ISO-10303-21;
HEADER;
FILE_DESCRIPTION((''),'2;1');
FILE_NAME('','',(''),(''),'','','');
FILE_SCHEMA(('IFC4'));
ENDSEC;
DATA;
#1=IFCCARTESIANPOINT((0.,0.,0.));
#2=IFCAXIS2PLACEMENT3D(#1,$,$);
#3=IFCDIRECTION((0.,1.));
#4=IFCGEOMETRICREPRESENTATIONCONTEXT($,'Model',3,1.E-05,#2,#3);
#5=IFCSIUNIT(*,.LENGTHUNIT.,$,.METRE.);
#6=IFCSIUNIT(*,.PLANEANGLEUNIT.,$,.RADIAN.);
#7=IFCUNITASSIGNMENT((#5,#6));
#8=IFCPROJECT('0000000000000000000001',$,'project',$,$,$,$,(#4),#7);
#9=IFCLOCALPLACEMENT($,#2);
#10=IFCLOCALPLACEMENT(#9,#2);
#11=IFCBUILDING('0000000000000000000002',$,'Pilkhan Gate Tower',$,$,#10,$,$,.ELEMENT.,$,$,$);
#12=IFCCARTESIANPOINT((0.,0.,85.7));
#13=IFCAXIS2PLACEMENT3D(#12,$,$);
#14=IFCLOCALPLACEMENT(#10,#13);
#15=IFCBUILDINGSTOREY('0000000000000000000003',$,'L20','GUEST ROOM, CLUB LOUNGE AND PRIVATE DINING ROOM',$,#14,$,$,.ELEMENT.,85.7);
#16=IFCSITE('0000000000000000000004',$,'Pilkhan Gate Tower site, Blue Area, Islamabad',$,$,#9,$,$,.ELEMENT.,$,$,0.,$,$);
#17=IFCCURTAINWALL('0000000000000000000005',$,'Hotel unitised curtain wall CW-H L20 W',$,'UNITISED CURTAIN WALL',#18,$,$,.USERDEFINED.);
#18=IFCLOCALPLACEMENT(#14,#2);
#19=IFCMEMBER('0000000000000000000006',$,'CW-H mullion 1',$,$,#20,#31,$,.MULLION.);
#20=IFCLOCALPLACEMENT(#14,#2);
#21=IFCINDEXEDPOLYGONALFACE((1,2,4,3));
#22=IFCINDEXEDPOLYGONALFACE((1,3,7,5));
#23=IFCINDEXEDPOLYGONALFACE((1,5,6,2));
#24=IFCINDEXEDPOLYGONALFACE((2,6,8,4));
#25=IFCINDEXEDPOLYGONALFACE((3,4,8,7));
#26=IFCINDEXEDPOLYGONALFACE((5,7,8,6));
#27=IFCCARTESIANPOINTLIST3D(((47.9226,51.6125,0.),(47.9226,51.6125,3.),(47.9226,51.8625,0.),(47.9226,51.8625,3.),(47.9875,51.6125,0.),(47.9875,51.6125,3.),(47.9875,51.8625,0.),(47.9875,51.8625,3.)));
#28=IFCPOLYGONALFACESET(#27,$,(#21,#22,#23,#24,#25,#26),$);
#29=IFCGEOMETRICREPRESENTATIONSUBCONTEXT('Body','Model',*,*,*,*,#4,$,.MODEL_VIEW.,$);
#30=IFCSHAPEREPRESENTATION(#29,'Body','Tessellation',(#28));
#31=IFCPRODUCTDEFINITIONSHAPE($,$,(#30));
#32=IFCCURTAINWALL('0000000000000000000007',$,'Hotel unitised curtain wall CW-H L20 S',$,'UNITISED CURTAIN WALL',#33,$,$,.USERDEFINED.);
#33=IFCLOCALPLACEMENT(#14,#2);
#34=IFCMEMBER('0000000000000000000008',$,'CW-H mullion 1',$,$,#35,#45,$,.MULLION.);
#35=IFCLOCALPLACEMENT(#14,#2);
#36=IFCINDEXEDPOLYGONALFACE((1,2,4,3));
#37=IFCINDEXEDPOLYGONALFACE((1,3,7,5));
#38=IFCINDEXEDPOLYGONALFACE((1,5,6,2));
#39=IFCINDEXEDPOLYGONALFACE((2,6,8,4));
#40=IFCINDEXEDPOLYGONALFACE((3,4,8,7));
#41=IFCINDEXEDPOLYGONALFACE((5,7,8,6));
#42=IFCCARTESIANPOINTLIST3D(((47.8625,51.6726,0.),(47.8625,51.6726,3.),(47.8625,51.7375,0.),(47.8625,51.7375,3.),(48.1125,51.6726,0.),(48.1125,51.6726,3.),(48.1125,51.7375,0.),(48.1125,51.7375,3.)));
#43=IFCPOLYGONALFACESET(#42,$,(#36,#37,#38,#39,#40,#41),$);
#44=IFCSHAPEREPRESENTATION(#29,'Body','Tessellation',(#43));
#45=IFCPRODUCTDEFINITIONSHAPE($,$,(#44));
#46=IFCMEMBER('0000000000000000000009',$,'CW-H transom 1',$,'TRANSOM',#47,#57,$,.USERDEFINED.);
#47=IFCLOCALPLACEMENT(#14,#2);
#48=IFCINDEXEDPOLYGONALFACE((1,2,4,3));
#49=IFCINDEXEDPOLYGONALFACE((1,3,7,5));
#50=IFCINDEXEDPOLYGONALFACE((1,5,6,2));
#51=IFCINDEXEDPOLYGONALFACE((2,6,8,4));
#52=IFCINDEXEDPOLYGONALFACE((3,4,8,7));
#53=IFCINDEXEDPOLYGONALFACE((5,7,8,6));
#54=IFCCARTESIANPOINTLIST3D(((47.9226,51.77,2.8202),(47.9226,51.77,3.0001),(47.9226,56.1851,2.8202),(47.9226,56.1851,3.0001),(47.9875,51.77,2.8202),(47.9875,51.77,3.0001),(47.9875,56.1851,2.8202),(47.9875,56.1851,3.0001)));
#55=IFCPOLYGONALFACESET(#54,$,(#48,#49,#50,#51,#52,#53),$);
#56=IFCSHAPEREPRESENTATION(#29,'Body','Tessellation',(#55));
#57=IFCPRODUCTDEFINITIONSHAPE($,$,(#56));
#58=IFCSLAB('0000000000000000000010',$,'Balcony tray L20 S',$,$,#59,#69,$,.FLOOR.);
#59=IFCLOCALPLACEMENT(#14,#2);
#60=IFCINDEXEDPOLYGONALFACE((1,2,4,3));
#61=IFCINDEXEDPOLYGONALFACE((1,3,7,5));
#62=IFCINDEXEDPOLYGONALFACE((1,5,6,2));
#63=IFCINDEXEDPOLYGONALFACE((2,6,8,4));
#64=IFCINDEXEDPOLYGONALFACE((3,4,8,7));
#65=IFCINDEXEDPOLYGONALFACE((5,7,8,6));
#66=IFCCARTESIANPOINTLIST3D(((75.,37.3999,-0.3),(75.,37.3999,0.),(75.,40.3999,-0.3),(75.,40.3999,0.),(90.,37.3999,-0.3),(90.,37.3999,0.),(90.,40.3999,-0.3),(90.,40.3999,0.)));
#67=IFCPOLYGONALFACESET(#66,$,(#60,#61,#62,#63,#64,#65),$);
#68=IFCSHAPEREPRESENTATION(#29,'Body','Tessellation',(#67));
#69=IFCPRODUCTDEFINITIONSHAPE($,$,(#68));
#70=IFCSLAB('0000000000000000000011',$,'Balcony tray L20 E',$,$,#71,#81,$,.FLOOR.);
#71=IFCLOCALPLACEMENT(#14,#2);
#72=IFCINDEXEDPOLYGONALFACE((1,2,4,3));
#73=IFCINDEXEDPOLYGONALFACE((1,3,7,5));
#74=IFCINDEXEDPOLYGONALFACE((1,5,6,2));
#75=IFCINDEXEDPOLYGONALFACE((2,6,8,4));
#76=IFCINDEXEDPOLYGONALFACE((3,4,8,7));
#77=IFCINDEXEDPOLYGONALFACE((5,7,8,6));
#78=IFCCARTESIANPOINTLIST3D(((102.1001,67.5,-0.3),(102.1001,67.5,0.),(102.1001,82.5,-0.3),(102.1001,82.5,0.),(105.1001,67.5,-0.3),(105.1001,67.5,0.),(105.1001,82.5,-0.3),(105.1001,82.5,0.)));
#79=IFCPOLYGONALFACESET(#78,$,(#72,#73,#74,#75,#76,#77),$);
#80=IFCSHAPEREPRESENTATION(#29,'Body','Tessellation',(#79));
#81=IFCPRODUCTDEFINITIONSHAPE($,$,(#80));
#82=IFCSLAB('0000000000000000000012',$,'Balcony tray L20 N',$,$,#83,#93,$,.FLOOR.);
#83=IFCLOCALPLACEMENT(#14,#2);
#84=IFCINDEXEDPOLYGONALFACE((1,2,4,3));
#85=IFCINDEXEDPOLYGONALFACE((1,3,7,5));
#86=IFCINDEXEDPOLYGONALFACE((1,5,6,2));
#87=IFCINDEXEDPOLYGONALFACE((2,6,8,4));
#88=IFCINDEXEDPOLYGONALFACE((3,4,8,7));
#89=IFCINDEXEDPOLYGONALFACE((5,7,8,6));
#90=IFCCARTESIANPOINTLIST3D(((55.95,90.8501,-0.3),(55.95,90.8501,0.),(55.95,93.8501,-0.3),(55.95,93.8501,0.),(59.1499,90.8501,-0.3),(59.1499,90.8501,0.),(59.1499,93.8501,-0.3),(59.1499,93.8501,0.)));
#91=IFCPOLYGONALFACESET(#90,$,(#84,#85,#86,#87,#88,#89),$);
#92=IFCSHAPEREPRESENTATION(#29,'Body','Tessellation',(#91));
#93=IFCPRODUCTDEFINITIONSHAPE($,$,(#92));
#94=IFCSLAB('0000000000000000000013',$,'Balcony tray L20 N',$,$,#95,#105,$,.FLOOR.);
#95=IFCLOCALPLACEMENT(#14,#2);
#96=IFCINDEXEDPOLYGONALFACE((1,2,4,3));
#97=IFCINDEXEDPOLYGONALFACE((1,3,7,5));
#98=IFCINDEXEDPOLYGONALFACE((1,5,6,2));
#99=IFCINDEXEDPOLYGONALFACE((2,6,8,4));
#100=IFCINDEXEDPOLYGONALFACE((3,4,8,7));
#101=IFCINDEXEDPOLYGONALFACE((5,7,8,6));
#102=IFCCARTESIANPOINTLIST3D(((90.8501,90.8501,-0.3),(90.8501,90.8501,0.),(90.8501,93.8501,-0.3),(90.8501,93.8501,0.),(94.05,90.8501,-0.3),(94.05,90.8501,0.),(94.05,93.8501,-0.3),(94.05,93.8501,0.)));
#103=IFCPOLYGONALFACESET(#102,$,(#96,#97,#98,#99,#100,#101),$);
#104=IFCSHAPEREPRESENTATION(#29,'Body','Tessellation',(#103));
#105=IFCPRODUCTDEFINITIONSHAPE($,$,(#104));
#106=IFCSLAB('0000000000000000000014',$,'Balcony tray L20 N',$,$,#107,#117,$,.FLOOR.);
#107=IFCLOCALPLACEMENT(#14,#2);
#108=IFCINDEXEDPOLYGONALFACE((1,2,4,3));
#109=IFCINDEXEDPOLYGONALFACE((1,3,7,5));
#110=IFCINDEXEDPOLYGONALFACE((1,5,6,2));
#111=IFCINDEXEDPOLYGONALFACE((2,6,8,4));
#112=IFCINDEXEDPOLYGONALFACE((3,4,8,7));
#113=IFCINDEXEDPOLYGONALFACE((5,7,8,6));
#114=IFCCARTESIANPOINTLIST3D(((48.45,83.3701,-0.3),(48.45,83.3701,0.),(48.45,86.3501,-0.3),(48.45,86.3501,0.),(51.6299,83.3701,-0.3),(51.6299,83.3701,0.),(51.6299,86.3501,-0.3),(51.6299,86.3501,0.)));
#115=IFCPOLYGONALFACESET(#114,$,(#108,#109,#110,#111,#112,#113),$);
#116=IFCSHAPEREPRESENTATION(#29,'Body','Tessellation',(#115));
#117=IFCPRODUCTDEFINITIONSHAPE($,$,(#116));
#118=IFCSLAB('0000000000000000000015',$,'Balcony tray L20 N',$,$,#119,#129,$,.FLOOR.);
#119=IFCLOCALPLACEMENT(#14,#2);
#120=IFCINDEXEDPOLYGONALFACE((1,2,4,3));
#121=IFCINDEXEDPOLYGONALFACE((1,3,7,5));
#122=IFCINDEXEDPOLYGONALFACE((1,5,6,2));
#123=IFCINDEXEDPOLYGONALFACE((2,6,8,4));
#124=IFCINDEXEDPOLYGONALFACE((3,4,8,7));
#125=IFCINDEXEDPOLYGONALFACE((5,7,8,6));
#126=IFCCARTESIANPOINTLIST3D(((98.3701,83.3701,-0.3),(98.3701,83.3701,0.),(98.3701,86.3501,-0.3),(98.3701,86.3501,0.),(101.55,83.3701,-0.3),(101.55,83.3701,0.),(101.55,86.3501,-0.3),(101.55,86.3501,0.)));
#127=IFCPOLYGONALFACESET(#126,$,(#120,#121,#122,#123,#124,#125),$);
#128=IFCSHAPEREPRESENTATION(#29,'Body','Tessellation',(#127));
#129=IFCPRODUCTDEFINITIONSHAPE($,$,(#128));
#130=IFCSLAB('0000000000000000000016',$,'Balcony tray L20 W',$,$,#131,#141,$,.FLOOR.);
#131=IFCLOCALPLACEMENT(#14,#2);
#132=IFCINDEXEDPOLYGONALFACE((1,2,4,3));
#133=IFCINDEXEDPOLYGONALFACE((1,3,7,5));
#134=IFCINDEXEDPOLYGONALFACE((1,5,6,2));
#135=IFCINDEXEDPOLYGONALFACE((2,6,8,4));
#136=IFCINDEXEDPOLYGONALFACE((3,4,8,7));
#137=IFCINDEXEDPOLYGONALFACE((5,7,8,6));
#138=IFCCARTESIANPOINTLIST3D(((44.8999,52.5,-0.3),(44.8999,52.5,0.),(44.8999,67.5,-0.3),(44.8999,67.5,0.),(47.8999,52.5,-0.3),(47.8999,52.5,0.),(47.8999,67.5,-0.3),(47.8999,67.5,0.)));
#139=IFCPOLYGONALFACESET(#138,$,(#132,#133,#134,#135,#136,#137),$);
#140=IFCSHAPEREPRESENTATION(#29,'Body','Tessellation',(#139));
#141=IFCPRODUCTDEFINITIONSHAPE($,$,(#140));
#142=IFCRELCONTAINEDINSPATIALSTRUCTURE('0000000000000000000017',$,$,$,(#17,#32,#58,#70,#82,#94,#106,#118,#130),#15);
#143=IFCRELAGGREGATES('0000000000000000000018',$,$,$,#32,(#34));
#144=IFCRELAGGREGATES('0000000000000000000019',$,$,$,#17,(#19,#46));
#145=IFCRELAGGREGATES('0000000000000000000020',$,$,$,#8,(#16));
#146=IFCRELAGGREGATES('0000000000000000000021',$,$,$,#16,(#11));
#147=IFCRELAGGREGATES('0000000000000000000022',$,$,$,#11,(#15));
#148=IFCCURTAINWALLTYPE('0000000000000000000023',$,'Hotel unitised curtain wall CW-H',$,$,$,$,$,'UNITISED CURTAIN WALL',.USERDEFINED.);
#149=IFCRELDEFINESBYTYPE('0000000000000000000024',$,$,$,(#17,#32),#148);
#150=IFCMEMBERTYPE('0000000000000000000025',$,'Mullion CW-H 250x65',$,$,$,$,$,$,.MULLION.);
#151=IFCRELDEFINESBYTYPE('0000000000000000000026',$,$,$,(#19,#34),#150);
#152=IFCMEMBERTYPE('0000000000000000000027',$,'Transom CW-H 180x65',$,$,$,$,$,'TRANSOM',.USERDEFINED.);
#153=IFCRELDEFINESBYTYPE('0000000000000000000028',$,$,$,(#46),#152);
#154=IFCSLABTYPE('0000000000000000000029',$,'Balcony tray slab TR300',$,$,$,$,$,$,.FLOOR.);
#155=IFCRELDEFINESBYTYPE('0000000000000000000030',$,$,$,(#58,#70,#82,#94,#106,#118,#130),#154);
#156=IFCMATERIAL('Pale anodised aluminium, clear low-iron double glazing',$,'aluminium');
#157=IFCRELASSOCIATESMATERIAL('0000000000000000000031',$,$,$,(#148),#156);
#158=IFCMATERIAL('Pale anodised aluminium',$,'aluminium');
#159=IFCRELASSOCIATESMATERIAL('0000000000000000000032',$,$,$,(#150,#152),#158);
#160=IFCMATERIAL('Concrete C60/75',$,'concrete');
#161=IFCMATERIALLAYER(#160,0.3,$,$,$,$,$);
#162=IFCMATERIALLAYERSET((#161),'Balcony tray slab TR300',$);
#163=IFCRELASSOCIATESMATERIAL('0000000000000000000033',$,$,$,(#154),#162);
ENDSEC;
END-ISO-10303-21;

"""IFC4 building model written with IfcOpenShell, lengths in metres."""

from ifc_helpers import new_model, si_unit, direction, frame, origin, origin_2d, place, context, subcontext, project, spatial, polyline, rectangle, outline, extrude, material, layer, layer_set, material_profile, profile_set, type_object, element, aggregate, save


model = new_model("IFC4")

# Units and contexts
model_context = context("Model", 3, precision=1e-05, world=origin(), true_north=direction((0.0, 1.0)))
body_context = subcontext(model_context, "Body", "Model", "MODEL_VIEW")
ifc_project = project(units=[si_unit("LENGTHUNIT", "METRE"), si_unit("PLANEANGLEUNIT", "RADIAN")], contexts=[model_context])

# Site, building, storey
site_placement = place(None, origin())
site = spatial("IfcSite", under=ifc_project, at=site_placement, Name="Pilkhan Gate Tower site, Blue Area, Islamabad", CompositionType="ELEMENT", RefElevation=0.0)
building_placement = place(site_placement, origin())
building = spatial("IfcBuilding", under=site, at=building_placement, Name="Pilkhan Gate Tower", CompositionType="ELEMENT")
storey_placement = place(building_placement, frame((0.0, 0.0, 85.7)))
storey = spatial("IfcBuildingStorey", under=building, at=storey_placement, Name="L20", Description="GUEST ROOM, CLUB LOUNGE AND PRIVATE DINING ROOM", CompositionType="ELEMENT", Elevation=85.7)

# Curtain walls, members
ifc_material_1 = material(Name="Pale anodised aluminium, clear low-iron double glazing", Category="aluminium")
curtain_wall_type = type_object("IfcCurtainWallType", Name="Hotel unitised curtain wall CW-H", ElementType="UNITISED CURTAIN WALL", PredefinedType="USERDEFINED", material=ifc_material_1)
curtain_wall_1_placement = place(storey_placement, origin())
curtain_wall_1 = element("IfcCurtainWall", 1, at=curtain_wall_1_placement, inside=storey, type_object=curtain_wall_type, Name="Hotel unitised curtain wall CW-H L20 W", ObjectType="UNITISED CURTAIN WALL", PredefinedType="USERDEFINED")
ifc_material_2 = material(Name="Pale anodised aluminium", Category="aluminium")
ifc_material_profile_1 = material_profile(ifc_material_2, rectangle(XDim=0.0649, YDim=0.25, at=origin_2d()), Name="Mullion 250x65")
ifc_profile_set_1 = profile_set([ifc_material_profile_1], Name="Pale anodised aluminium")
member_type_1 = type_object("IfcMemberType", Name="Mullion CW-H 250x65", PredefinedType="MULLION", material=ifc_profile_set_1)
member_1_placement = place(storey_placement, frame((47.9551, 51.7375, 0.0), z_axis=(0.0, 0.0, 1.0), x_axis=(-1.0, 0.0, 0.0)))
member_1 = element("IfcMember", 2, at=member_1_placement, type_object=member_type_1, Name="CW-H mullion 1", PredefinedType="MULLION", context=body_context, shape_type="SweptSolid", body=[
    extrude(rectangle(XDim=0.0649, YDim=0.25, at=origin_2d()), origin(), (0.0, 0.0, 1.0), 3.0),
])
curtain_wall_2_placement = place(storey_placement, origin())
curtain_wall_2 = element("IfcCurtainWall", 3, at=curtain_wall_2_placement, inside=storey, type_object=curtain_wall_type, Name="Hotel unitised curtain wall CW-H L20 S", ObjectType="UNITISED CURTAIN WALL", PredefinedType="USERDEFINED")
member_2_placement = place(storey_placement, frame((47.9875, 51.7051, 0.0), z_axis=(0.0, 0.0, 1.0), x_axis=(0.0, 1.0, 0.0)))
member_2 = element("IfcMember", 4, at=member_2_placement, type_object=member_type_1, Name="CW-H mullion 1", PredefinedType="MULLION", context=body_context, shape_type="SweptSolid", body=[
    extrude(rectangle(XDim=0.0649, YDim=0.25, at=origin_2d()), origin(), (0.0, 0.0, 1.0), 3.0),
])
aggregate(curtain_wall_2, [member_2])

# Member
ifc_material_profile_2 = material_profile(ifc_material_2, rectangle(XDim=0.0649, YDim=0.1799, at=origin_2d()), Name="Transom 180x65")
ifc_profile_set_2 = profile_set([ifc_material_profile_2], Name="Pale anodised aluminium")
member_type_2 = type_object("IfcMemberType", Name="Transom CW-H 180x65", ElementType="TRANSOM", PredefinedType="USERDEFINED", material=ifc_profile_set_2)
member_3_placement = place(storey_placement, frame((47.9551, 51.77, 2.9102), z_axis=(0.0, 1.0, 0.0), x_axis=(-1.0, 0.0, 0.0)))
member_3 = element("IfcMember", 5, at=member_3_placement, type_object=member_type_2, Name="CW-H transom 1", ObjectType="TRANSOM", PredefinedType="USERDEFINED", context=body_context, shape_type="SweptSolid", body=[
    extrude(rectangle(XDim=0.0649, YDim=0.1799, at=origin_2d()), origin(), (0.0, 0.0, 1.0), 4.415),
])
aggregate(curtain_wall_1, [member_1, member_3])

# Slabs
ifc_material_3 = material(Name="Concrete C60/75", Category="concrete")
ifc_layer_1 = layer(ifc_material_3, 0.3)
ifc_layer_set_1 = layer_set([ifc_layer_1], Name="Balcony tray slab TR300")
slab_type_1 = type_object("IfcSlabType", Name="Balcony tray slab TR300", PredefinedType="FLOOR", material=ifc_layer_set_1)
slab_1_placement = place(storey_placement, frame((0.0, 0.0, -0.3)))
element("IfcSlab", 6, at=slab_1_placement, inside=storey, type_object=slab_type_1, Name="Balcony tray L20 S", PredefinedType="FLOOR", context=body_context, shape_type="SweptSolid", body=[
    extrude(outline(polyline([(90.0, 37.3999), (90.0, 40.3999), (75.0, 40.3999), (75.0, 37.3999), (90.0, 37.3999)])), origin(), (0.0, 0.0, 1.0), 0.3),
])
slab_2_placement = place(storey_placement, frame((0.0, 0.0, -0.3)))
element("IfcSlab", 7, at=slab_2_placement, inside=storey, type_object=slab_type_1, Name="Balcony tray L20 E", PredefinedType="FLOOR", context=body_context, shape_type="SweptSolid", body=[
    extrude(outline(polyline([(105.1001, 67.5), (105.1001, 82.5), (102.1001, 82.5), (102.1001, 67.5), (105.1001, 67.5)])), origin(), (0.0, 0.0, 1.0), 0.3),
])
slab_3_placement = place(storey_placement, frame((0.0, 0.0, -0.3)))
element("IfcSlab", 8, at=slab_3_placement, inside=storey, type_object=slab_type_1, Name="Balcony tray L20 N", PredefinedType="FLOOR", context=body_context, shape_type="SweptSolid", body=[
    extrude(outline(polyline([(59.1499, 90.8501), (59.1499, 93.8501), (55.95, 93.8501), (55.95, 90.8501), (59.1499, 90.8501)])), origin(), (0.0, 0.0, 1.0), 0.3),
])
slab_4_placement = place(storey_placement, frame((0.0, 0.0, -0.3)))
element("IfcSlab", 9, at=slab_4_placement, inside=storey, type_object=slab_type_1, Name="Balcony tray L20 N", PredefinedType="FLOOR", context=body_context, shape_type="SweptSolid", body=[
    extrude(outline(polyline([(94.05, 90.8501), (94.05, 93.8501), (90.8501, 93.8501), (90.8501, 90.8501), (94.05, 90.8501)])), origin(), (0.0, 0.0, 1.0), 0.3),
])
slab_5_placement = place(storey_placement, frame((0.0, 0.0, -0.3)))
element("IfcSlab", 10, at=slab_5_placement, inside=storey, type_object=slab_type_1, Name="Balcony tray L20 N", PredefinedType="FLOOR", context=body_context, shape_type="SweptSolid", body=[
    extrude(outline(polyline([(51.6299, 83.3701), (51.6299, 86.3501), (48.45, 86.3501), (48.45, 83.3701), (51.6299, 83.3701)])), origin(), (0.0, 0.0, 1.0), 0.3),
])
slab_6_placement = place(storey_placement, frame((0.0, 0.0, -0.3)))
element("IfcSlab", 11, at=slab_6_placement, inside=storey, type_object=slab_type_1, Name="Balcony tray L20 N", PredefinedType="FLOOR", context=body_context, shape_type="SweptSolid", body=[
    extrude(outline(polyline([(101.55, 83.3701), (101.55, 86.3501), (98.3701, 86.3501), (98.3701, 83.3701), (101.55, 83.3701)])), origin(), (0.0, 0.0, 1.0), 0.3),
])
slab_7_placement = place(storey_placement, frame((0.0, 0.0, -0.3)))
element("IfcSlab", 12, at=slab_7_placement, inside=storey, type_object=slab_type_1, Name="Balcony tray L20 W", PredefinedType="FLOOR", context=body_context, shape_type="SweptSolid", body=[
    extrude(outline(polyline([(47.8999, 52.5), (47.8999, 67.5), (44.8999, 67.5), (44.8999, 52.5), (47.8999, 52.5)])), origin(), (0.0, 0.0, 1.0), 0.3),
])

save(model, "model.ifc")
